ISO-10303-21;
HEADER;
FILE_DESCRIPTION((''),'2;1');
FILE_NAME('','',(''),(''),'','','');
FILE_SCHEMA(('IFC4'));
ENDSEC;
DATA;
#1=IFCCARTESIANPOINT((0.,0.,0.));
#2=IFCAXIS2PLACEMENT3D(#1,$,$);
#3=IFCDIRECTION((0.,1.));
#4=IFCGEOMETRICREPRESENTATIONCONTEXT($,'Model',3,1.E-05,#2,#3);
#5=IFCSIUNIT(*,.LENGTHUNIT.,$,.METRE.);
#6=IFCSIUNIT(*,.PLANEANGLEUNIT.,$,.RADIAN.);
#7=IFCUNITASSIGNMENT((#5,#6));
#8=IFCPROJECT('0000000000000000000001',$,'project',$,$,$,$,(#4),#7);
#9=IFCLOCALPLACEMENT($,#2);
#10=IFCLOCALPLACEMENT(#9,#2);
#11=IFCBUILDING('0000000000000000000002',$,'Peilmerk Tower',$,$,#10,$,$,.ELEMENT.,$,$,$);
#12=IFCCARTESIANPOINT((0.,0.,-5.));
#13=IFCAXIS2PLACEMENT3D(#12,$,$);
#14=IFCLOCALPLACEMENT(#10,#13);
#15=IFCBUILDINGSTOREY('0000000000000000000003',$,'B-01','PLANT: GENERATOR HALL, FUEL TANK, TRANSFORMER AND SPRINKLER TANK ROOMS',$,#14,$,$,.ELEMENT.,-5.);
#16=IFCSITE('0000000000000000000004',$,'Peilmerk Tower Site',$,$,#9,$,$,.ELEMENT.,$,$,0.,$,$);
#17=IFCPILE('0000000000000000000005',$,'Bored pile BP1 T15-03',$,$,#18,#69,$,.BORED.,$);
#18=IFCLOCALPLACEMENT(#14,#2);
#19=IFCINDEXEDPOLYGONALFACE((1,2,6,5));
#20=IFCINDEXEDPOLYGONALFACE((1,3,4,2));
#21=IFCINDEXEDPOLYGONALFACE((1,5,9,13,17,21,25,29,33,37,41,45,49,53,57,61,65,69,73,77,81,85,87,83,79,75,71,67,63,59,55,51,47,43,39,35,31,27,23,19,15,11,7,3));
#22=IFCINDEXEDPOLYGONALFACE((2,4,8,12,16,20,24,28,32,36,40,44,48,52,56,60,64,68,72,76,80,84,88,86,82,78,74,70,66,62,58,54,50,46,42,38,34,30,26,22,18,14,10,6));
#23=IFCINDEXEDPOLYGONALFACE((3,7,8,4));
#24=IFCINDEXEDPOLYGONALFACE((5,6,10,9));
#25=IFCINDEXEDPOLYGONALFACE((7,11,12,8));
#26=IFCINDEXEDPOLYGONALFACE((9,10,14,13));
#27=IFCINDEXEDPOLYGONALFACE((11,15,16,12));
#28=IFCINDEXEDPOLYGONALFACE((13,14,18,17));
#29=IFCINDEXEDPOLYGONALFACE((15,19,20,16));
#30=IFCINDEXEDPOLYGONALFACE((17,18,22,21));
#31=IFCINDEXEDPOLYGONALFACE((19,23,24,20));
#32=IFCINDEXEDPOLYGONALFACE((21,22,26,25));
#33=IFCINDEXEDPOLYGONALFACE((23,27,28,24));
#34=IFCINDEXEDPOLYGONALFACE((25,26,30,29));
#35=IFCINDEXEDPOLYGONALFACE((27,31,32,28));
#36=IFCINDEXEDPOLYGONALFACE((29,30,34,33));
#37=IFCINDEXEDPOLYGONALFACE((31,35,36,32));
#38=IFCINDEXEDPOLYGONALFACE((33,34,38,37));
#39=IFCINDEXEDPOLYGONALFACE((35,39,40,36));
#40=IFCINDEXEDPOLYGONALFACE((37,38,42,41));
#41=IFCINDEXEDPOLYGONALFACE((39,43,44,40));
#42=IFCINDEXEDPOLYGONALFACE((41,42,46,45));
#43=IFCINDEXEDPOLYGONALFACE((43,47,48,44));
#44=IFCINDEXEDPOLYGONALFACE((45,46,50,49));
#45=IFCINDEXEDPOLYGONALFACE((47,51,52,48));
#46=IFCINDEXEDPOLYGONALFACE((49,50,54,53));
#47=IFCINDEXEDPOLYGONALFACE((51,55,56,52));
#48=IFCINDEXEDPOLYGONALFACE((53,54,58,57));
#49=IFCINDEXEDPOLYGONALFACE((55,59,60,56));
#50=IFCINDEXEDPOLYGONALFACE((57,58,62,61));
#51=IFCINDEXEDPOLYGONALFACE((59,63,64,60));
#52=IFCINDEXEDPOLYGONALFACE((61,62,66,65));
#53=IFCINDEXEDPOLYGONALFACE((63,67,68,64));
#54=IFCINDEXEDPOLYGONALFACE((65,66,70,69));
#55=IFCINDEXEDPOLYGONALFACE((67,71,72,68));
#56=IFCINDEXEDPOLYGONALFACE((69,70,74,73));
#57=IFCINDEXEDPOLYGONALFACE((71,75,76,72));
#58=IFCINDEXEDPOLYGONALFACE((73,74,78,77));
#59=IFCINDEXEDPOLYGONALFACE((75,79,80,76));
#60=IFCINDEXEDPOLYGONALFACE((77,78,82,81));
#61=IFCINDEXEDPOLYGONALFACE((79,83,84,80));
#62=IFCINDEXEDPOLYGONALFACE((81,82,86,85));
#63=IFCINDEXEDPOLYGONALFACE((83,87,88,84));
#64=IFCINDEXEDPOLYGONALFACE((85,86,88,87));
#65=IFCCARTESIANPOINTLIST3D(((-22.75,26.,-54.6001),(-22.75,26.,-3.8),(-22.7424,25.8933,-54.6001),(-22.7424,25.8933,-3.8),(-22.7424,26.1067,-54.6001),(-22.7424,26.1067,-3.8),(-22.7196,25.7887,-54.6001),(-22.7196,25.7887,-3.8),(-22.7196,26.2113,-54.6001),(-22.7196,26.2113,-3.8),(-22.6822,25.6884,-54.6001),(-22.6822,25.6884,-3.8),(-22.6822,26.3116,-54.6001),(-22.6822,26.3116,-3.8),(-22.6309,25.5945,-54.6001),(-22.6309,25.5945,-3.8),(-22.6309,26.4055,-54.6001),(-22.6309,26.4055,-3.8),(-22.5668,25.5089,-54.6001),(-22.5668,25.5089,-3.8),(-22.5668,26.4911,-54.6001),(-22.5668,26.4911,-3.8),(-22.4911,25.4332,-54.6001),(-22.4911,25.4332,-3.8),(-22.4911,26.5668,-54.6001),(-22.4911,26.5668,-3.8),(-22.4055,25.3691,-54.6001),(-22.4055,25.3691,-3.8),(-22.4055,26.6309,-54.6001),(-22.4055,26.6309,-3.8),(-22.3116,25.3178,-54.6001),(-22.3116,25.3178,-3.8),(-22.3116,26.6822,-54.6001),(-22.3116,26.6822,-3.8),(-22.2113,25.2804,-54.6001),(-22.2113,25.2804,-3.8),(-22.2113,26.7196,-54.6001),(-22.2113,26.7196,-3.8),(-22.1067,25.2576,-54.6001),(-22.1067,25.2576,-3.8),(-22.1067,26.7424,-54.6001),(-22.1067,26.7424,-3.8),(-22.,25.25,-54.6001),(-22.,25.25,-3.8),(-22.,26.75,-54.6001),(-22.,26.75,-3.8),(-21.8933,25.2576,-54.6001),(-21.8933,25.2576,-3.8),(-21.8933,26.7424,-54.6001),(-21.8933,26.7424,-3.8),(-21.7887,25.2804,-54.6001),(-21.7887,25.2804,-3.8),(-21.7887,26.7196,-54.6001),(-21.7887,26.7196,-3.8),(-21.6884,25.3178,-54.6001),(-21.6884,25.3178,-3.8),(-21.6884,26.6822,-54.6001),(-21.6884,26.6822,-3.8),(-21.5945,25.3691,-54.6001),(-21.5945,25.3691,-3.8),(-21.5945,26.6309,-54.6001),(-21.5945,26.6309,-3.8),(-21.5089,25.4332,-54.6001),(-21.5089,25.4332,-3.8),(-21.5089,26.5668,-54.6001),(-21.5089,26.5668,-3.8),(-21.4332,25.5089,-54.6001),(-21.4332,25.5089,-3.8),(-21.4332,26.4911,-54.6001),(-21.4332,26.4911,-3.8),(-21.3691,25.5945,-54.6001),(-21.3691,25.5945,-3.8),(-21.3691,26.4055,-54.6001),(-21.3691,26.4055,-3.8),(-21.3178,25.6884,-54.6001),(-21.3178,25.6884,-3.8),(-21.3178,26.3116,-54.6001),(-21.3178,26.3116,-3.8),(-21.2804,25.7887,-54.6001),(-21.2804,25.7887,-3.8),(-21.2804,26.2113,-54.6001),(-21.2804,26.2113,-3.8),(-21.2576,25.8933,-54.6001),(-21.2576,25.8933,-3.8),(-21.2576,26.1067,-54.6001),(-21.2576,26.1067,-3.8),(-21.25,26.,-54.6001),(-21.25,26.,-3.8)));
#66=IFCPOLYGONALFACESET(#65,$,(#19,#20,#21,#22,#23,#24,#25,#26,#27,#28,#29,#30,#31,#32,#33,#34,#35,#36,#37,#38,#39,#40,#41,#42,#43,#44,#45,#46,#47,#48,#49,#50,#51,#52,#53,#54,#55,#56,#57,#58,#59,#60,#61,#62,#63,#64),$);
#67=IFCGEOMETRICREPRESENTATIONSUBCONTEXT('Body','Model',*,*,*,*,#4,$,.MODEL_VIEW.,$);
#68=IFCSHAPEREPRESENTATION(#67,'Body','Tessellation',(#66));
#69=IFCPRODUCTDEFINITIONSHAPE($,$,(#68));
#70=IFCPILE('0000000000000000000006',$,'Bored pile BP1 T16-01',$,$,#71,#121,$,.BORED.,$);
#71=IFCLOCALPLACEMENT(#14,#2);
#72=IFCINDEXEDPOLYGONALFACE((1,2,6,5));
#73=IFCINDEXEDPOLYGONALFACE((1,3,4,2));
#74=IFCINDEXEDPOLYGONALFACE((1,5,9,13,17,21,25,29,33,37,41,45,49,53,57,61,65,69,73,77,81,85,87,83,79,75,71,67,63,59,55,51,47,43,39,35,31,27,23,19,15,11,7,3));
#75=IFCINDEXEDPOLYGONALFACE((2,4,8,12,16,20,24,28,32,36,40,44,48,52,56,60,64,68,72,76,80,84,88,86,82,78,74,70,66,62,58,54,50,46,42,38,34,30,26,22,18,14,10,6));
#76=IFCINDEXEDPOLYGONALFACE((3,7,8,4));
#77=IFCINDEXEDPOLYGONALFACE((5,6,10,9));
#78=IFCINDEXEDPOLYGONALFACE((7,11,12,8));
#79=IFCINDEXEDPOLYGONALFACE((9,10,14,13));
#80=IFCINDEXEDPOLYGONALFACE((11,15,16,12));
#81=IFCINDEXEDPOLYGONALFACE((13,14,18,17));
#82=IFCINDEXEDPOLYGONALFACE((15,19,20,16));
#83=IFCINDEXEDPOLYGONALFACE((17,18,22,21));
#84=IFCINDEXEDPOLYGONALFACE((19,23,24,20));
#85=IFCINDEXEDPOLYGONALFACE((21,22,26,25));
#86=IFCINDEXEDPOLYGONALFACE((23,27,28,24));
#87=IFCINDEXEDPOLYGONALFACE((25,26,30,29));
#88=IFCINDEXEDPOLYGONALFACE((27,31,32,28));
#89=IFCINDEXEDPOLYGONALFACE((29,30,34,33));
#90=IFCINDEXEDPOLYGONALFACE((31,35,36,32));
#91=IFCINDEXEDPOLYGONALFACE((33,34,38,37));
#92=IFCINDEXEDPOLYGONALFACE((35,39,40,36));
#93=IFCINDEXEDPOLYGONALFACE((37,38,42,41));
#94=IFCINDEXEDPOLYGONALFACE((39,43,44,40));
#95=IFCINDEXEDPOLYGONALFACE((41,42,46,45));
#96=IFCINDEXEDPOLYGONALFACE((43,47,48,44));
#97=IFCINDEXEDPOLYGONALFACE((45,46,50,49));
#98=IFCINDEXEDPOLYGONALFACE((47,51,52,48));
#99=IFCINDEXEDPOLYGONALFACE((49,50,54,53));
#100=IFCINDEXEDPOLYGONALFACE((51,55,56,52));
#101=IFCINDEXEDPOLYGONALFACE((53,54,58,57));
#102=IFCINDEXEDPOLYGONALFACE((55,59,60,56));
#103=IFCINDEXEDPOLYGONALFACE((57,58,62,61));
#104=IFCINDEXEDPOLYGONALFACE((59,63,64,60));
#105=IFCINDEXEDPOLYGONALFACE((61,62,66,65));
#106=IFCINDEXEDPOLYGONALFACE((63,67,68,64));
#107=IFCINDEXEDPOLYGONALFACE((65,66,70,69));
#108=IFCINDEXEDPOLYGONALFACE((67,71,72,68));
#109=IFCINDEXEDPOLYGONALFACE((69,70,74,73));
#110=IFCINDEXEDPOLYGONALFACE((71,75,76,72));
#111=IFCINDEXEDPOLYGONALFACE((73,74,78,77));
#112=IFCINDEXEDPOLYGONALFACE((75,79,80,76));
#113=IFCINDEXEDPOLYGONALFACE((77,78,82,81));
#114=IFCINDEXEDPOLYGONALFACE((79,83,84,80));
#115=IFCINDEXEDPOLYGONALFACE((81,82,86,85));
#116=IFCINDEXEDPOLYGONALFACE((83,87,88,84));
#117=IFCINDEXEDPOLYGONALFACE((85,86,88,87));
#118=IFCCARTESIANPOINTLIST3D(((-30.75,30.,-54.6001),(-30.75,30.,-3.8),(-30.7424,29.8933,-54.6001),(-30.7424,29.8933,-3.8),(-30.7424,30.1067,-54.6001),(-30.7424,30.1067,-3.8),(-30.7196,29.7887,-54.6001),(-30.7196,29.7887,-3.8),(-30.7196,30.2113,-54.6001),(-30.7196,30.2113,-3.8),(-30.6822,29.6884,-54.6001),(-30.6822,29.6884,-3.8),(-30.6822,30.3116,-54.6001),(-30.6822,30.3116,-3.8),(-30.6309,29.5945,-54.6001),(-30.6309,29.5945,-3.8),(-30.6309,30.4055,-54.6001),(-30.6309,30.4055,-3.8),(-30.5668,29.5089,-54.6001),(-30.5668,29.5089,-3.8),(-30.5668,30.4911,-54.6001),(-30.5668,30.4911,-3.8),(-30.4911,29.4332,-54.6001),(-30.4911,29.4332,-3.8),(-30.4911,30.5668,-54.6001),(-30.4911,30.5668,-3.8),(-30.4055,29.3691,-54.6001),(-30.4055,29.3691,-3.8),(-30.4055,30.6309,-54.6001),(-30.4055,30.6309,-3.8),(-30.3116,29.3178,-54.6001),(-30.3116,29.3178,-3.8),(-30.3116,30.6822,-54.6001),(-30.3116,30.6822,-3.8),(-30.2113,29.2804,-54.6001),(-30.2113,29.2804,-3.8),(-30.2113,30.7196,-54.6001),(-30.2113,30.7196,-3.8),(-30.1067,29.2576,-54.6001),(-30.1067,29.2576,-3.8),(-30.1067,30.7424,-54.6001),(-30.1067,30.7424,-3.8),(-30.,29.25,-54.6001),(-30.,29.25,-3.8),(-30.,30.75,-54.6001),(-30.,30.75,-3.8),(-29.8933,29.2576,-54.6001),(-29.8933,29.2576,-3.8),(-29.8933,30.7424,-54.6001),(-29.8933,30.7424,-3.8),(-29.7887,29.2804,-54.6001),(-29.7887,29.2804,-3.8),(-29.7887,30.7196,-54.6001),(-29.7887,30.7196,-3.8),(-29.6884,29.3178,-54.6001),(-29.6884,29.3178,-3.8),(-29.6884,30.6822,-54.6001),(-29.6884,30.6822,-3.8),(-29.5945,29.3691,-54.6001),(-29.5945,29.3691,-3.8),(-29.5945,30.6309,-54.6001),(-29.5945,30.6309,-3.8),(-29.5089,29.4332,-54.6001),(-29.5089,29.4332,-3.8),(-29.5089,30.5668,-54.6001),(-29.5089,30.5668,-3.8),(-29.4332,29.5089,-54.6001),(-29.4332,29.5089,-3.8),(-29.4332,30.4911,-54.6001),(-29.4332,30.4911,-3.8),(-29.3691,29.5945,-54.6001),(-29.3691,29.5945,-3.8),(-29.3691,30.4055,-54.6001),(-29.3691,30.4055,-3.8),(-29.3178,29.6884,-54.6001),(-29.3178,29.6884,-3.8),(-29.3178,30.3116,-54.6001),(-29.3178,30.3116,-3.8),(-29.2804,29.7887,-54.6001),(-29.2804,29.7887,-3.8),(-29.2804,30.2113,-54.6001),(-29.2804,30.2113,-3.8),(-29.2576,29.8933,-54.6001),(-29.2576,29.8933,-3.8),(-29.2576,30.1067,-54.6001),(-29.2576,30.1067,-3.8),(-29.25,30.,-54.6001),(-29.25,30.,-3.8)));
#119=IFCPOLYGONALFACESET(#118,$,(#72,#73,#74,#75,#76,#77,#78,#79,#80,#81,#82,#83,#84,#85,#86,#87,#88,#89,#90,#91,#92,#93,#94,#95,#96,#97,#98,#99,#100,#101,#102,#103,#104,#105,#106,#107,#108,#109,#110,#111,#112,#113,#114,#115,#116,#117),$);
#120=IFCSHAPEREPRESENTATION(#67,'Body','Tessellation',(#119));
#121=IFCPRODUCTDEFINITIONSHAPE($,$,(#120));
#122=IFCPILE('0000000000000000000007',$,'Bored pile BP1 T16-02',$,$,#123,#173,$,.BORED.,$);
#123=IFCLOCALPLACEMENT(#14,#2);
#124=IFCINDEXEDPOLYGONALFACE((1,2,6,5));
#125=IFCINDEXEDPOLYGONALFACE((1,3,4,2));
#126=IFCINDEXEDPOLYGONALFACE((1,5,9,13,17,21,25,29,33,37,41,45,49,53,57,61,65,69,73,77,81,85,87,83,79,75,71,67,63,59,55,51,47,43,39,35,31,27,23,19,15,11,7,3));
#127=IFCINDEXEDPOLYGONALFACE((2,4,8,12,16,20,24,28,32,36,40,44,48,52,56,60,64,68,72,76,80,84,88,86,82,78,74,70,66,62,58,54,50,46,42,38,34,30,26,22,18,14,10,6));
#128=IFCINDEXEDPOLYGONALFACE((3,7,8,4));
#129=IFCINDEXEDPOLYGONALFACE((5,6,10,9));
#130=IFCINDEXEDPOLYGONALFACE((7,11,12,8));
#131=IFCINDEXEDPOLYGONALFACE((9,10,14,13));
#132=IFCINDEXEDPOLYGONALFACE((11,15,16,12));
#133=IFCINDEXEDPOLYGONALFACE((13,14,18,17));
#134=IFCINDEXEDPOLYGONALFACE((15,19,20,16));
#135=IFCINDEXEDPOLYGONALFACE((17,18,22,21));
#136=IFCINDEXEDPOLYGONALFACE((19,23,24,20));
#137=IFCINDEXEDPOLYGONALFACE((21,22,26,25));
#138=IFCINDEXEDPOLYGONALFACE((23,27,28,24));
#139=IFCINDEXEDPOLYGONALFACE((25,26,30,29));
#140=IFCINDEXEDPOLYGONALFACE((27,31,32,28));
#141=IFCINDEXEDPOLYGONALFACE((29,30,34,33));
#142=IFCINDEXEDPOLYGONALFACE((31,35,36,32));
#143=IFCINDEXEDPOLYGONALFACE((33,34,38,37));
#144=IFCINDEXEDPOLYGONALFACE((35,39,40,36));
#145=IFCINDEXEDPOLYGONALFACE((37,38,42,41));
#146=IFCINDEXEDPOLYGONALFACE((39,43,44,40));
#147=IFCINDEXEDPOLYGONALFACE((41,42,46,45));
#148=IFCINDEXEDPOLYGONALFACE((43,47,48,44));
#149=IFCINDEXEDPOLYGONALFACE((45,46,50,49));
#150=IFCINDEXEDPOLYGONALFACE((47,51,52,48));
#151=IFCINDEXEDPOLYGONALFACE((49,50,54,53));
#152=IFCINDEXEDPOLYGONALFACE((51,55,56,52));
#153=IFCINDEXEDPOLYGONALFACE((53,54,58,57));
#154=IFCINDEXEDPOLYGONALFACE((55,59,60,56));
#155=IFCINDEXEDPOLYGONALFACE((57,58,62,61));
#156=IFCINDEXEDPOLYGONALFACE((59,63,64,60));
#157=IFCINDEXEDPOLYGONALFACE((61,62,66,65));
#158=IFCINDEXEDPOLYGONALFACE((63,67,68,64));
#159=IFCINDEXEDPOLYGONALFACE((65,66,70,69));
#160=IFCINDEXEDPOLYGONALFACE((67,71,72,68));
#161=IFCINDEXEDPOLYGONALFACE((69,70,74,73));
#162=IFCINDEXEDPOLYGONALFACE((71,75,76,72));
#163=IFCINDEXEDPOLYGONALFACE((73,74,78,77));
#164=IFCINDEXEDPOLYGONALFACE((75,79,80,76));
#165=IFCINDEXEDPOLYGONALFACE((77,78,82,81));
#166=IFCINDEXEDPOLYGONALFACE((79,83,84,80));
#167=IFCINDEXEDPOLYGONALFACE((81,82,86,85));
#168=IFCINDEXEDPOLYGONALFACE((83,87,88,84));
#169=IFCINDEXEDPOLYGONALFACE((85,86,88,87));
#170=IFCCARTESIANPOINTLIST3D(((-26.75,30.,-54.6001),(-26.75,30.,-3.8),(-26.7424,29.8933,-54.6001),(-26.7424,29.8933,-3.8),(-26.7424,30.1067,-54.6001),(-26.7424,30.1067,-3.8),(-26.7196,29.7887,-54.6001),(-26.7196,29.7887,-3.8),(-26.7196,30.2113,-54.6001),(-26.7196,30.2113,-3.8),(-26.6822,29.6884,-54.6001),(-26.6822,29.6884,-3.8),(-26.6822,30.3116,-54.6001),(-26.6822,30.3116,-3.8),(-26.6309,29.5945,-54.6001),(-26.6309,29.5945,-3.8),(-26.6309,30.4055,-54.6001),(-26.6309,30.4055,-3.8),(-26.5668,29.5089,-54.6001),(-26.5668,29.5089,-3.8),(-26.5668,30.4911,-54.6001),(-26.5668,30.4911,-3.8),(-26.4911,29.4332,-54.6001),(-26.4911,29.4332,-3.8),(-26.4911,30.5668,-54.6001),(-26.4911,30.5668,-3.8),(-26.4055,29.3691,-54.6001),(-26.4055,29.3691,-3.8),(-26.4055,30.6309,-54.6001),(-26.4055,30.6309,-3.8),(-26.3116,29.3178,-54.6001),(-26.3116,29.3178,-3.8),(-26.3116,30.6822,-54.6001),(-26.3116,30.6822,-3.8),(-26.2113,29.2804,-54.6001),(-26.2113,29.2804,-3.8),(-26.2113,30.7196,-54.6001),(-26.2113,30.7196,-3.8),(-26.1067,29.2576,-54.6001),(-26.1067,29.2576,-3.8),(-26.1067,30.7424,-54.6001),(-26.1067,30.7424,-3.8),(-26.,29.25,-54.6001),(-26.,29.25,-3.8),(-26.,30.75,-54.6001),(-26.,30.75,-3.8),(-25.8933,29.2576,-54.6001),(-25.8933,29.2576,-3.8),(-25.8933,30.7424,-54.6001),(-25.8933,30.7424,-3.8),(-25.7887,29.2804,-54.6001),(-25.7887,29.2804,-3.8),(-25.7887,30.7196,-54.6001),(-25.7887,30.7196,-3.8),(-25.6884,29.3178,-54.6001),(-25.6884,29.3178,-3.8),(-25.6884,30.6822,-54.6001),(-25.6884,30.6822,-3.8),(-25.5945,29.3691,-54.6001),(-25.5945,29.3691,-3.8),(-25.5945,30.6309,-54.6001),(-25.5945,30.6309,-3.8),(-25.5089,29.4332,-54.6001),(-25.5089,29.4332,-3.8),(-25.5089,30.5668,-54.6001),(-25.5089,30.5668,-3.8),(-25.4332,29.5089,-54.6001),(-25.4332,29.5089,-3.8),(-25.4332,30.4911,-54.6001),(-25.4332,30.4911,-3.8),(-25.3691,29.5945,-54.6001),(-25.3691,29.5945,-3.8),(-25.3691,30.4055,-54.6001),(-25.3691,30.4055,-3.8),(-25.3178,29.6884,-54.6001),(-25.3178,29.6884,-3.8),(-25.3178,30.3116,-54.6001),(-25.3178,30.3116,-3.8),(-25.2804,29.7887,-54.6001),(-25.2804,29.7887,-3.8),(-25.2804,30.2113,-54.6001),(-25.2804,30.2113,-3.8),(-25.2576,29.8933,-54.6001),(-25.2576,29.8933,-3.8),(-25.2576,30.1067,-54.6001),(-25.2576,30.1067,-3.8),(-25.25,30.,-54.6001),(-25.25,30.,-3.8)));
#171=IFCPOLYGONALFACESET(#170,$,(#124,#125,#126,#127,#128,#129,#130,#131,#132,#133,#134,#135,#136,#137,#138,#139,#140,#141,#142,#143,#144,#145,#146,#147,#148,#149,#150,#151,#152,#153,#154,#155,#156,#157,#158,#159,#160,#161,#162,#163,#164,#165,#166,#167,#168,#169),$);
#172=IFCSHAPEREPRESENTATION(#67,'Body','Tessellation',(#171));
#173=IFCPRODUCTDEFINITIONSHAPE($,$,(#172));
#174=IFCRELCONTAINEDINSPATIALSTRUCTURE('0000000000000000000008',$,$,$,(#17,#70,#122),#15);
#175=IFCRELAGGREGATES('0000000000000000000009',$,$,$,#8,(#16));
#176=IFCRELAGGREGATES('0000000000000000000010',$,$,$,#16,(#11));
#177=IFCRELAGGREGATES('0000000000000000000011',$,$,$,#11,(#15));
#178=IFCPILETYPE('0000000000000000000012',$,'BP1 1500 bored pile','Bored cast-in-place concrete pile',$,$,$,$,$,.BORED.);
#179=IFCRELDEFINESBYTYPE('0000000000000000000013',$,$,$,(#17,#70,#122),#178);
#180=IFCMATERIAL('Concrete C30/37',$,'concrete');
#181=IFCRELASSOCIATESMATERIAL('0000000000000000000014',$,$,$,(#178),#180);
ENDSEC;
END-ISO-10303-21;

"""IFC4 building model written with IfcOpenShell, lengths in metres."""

from ifc_helpers import new_model, si_unit, direction, frame, origin, origin_2d, place, context, subcontext, project, spatial, circle, extrude, material, material_profile, profile_set, type_object, element, save


model = new_model("IFC4")

# Units and contexts
model_context = context("Model", 3, precision=1e-05, world=origin(), true_north=direction((0.0, 1.0)))
body_context = subcontext(model_context, "Body", "Model", "MODEL_VIEW")
ifc_project = project(units=[si_unit("LENGTHUNIT", "METRE"), si_unit("PLANEANGLEUNIT", "RADIAN")], contexts=[model_context])

# Site, building, storey
site_placement = place(None, origin())
site = spatial("IfcSite", under=ifc_project, at=site_placement, Name="Peilmerk Tower Site", CompositionType="ELEMENT", RefElevation=0.0)
building_placement = place(site_placement, origin())
building = spatial("IfcBuilding", under=site, at=building_placement, Name="Peilmerk Tower", CompositionType="ELEMENT")
storey_placement = place(building_placement, frame((0.0, 0.0, -5.0)))
storey = spatial("IfcBuildingStorey", under=building, at=storey_placement, Name="B-01", Description="PLANT: GENERATOR HALL, FUEL TANK, TRANSFORMER AND SPRINKLER TANK ROOMS", CompositionType="ELEMENT", Elevation=-5.0)

# Piles
ifc_material_1 = material(Name="Concrete C30/37", Category="concrete")
ifc_material_profile_1 = material_profile(ifc_material_1, circle(Radius=0.75, at=origin_2d()), Name="BP 1500")
ifc_profile_set_1 = profile_set([ifc_material_profile_1], Name="Concrete C30/37")
pile_type_1 = type_object("IfcPileType", Name="BP1 1500 bored pile", Description="Bored cast-in-place concrete pile", PredefinedType="BORED", material=ifc_profile_set_1)
for number, where, z_axis, x_axis, name in (
    (1, (-22.0, 26.0, -3.8), (0.0, 0.0, -1.0), (1.0, 0.0, 0.0), "Bored pile BP1 T15-03"),
    (2, (-30.0, 30.0, -3.8), (0.0, 0.0, -1.0), (1.0, 0.0, 0.0), "Bored pile BP1 T16-01"),
    (3, (-26.0, 30.0, -3.8), (0.0, 0.0, -1.0), (1.0, 0.0, 0.0), "Bored pile BP1 T16-02"),
):
    element("IfcPile", number, at=place(storey_placement, frame(where, z_axis=z_axis, x_axis=x_axis)), inside=storey, type_object=pile_type_1, Name=name, PredefinedType="BORED", context=body_context, shape_type="SweptSolid", body=[
        extrude(circle(Radius=0.75, at=origin_2d()), origin(), (0.0, 0.0, 1.0), 50.8),
    ])

save(model, "model.ifc")
